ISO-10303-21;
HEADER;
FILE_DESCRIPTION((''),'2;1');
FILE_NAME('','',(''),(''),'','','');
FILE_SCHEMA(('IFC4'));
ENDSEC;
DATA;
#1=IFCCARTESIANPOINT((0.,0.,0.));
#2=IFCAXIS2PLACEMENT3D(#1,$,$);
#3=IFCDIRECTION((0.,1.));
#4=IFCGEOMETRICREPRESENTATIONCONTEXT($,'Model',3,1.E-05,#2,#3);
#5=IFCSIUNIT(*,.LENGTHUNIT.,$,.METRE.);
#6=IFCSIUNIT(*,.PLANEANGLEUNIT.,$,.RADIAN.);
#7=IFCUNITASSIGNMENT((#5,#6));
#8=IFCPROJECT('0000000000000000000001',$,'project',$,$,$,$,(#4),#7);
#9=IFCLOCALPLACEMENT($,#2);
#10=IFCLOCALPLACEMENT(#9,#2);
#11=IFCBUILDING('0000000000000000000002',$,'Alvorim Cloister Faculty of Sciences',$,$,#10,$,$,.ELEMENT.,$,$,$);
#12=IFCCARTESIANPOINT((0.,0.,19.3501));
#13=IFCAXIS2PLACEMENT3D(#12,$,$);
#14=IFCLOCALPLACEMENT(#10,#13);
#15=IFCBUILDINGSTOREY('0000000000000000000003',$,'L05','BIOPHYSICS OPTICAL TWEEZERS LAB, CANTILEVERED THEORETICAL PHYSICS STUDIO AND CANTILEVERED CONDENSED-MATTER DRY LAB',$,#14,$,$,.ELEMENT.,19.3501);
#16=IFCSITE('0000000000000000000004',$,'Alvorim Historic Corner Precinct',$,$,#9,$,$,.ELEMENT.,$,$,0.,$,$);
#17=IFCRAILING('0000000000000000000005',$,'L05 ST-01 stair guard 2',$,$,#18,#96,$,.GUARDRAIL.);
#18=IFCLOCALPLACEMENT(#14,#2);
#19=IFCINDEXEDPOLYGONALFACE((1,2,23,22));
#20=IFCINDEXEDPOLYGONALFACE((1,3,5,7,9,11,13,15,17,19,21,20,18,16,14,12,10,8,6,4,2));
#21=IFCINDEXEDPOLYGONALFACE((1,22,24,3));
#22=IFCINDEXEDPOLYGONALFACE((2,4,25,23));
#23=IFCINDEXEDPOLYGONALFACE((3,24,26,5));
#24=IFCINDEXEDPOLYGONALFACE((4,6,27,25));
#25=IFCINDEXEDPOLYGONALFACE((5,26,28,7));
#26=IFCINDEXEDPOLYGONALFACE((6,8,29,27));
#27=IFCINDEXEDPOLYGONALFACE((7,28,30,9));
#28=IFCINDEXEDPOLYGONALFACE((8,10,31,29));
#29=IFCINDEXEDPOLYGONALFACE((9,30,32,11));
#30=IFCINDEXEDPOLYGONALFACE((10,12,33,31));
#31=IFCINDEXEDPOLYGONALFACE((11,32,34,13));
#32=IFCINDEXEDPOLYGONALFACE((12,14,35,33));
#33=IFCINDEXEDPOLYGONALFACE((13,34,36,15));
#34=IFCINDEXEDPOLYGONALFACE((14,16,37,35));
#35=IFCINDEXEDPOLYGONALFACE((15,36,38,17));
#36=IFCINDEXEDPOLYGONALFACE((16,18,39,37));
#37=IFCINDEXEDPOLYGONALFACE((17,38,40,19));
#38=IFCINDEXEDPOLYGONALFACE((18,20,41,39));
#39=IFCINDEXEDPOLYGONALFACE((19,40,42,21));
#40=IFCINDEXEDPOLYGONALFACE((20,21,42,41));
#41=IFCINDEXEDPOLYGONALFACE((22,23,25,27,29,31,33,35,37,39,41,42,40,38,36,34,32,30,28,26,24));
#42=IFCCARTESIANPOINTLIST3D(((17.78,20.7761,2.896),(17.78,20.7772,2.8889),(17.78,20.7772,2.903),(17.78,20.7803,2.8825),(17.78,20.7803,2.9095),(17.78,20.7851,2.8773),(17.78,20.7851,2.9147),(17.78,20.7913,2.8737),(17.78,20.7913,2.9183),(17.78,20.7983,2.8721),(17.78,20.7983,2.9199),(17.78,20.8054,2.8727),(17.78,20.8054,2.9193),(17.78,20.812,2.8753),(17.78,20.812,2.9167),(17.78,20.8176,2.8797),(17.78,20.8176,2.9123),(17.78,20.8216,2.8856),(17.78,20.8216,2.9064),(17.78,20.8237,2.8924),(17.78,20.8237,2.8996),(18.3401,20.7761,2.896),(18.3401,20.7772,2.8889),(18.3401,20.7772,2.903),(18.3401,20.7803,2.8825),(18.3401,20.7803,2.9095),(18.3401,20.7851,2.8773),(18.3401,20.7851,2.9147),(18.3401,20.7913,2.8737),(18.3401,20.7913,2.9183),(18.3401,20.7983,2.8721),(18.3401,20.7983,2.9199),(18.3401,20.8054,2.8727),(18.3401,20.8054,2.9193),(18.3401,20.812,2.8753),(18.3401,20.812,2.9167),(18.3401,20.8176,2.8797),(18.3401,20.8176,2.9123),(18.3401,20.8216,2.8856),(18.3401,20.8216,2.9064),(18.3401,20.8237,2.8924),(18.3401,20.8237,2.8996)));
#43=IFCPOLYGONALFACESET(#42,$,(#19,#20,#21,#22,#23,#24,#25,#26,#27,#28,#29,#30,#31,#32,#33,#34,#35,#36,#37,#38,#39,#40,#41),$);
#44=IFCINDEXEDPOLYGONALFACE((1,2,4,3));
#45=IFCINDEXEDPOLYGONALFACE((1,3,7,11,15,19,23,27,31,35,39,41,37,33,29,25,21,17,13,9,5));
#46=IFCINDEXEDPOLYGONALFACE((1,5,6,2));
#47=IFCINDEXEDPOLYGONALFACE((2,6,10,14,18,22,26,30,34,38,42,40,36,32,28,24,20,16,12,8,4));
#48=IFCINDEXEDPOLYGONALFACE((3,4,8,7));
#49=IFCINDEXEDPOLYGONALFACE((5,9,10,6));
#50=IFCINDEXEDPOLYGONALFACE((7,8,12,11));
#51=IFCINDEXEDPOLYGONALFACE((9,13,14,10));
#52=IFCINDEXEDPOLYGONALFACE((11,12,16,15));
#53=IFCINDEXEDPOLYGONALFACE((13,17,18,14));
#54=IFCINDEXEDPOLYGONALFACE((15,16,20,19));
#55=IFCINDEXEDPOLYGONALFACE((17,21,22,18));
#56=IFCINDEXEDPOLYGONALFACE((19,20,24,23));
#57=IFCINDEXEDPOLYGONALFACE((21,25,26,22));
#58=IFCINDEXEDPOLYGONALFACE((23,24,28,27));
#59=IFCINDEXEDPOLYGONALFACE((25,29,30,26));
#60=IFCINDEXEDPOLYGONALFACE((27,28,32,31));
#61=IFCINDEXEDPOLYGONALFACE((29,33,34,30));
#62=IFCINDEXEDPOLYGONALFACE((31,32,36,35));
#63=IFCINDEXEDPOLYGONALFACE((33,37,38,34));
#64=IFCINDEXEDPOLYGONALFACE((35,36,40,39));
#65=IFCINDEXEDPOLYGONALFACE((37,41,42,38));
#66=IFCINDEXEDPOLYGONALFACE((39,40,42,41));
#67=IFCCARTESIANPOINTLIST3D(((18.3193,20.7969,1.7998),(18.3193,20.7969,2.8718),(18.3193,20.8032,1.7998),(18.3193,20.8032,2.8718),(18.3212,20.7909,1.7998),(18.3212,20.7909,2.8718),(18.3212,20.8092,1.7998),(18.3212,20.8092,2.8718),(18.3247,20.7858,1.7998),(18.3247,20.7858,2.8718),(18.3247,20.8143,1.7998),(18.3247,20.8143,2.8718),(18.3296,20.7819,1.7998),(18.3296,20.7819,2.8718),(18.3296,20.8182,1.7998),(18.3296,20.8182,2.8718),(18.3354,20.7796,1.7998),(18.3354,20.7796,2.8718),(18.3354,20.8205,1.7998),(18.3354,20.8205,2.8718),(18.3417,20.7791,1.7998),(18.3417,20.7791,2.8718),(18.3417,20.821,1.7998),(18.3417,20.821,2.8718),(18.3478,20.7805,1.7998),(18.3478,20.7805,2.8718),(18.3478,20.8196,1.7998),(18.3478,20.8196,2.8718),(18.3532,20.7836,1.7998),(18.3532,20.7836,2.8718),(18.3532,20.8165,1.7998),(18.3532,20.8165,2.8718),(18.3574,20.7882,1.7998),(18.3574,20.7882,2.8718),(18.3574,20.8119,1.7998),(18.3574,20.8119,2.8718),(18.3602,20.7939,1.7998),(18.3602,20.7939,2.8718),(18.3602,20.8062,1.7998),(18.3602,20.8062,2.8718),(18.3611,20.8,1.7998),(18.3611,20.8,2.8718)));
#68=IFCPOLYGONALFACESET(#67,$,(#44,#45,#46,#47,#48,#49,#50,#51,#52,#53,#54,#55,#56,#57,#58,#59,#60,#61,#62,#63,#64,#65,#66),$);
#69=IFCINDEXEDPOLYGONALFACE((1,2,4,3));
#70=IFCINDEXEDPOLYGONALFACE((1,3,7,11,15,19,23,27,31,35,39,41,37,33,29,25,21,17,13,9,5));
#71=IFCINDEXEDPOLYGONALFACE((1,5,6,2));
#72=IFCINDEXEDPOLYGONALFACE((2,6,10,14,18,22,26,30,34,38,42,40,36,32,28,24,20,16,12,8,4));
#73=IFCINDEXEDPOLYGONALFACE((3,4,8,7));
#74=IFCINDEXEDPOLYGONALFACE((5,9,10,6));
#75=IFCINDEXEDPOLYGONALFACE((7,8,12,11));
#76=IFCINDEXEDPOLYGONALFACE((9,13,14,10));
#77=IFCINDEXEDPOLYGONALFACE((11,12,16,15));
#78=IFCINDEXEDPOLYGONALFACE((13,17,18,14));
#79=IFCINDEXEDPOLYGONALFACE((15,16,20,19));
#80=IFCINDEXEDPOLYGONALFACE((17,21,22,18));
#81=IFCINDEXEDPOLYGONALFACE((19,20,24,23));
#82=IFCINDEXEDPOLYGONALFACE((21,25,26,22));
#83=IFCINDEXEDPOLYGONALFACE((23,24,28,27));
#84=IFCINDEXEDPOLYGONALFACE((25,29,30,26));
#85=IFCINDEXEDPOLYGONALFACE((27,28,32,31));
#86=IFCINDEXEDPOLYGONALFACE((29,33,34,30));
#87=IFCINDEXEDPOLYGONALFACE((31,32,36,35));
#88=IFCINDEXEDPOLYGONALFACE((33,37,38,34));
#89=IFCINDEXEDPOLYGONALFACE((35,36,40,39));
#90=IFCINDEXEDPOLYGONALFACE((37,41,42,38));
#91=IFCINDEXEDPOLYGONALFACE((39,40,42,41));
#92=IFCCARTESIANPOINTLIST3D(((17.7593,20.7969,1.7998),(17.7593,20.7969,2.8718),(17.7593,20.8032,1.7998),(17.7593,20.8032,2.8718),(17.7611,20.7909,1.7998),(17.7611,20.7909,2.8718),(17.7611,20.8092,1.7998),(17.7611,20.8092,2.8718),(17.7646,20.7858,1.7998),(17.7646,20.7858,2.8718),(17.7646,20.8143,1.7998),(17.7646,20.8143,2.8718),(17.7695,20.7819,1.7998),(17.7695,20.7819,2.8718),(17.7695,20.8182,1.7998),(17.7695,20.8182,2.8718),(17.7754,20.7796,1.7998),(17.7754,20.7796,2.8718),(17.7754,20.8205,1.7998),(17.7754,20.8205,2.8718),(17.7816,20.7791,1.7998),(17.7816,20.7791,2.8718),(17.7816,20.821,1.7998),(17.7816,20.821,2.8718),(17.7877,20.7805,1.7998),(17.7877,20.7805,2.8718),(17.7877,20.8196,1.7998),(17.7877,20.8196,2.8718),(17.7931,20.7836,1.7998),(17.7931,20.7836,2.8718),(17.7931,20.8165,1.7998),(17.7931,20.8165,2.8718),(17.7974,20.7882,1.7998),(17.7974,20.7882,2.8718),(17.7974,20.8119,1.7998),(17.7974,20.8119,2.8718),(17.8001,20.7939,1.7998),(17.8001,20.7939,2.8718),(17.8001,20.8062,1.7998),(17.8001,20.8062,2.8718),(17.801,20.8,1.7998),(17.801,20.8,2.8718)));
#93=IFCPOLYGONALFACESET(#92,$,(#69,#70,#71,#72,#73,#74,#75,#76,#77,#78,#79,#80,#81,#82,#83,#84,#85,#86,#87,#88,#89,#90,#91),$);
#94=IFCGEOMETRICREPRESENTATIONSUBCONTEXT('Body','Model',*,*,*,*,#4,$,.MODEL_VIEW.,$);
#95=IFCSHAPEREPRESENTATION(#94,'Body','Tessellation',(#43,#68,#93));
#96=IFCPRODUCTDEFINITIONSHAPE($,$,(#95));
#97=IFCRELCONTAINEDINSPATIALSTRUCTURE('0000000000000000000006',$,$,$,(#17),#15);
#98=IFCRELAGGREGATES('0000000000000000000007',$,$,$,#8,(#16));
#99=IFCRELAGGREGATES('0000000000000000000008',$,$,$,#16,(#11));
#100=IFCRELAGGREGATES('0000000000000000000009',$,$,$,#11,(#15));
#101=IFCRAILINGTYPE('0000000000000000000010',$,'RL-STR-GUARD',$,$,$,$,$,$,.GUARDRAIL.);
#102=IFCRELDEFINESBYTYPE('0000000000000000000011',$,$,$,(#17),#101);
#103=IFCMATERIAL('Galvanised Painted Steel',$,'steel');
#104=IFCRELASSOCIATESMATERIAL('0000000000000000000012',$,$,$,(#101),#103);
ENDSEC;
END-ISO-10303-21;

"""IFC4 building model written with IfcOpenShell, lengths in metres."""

from ifc_helpers import new_model, si_unit, direction, frame, origin, origin_2d, place, context, subcontext, project, spatial, circle, extrude, material, type_object, element, save


model = new_model("IFC4")

# Units and contexts
model_context = context("Model", 3, precision=1e-05, world=origin(), true_north=direction((0.0, 1.0)))
body_context = subcontext(model_context, "Body", "Model", "MODEL_VIEW")
ifc_project = project(units=[si_unit("LENGTHUNIT", "METRE"), si_unit("PLANEANGLEUNIT", "RADIAN")], contexts=[model_context])

# Site, building, storey
site_placement = place(None, origin())
site = spatial("IfcSite", under=ifc_project, at=site_placement, Name="Alvorim Historic Corner Precinct", CompositionType="ELEMENT", RefElevation=0.0)
building_placement = place(site_placement, origin())
building = spatial("IfcBuilding", under=site, at=building_placement, Name="Alvorim Cloister Faculty of Sciences", CompositionType="ELEMENT")
storey_placement = place(building_placement, frame((0.0, 0.0, 19.3501)))
storey = spatial("IfcBuildingStorey", under=building, at=storey_placement, Name="L05", Description="BIOPHYSICS OPTICAL TWEEZERS LAB, CANTILEVERED THEORETICAL PHYSICS STUDIO AND CANTILEVERED CONDENSED-MATTER DRY LAB", CompositionType="ELEMENT", Elevation=19.3501)

# Railing
ifc_material_1 = material(Name="Galvanised Painted Steel", Category="steel")
railing_type_1 = type_object("IfcRailingType", Name="RL-STR-GUARD", PredefinedType="GUARDRAIL", material=ifc_material_1)
railing_1_placement = place(storey_placement, frame((18.3401, 20.8, 1.7998)))
element("IfcRailing", 1, at=railing_1_placement, inside=storey, type_object=railing_type_1, Name="L05 ST-01 stair guard 2", PredefinedType="GUARDRAIL", context=body_context, shape_type="SweptSolid", body=[
    extrude(circle(Radius=0.0239, at=origin_2d()), frame((0.0, 0.0, 1.0962), z_axis=(-1.0, 0.0, 0.0), x_axis=(0.0, -1.0, 0.0)), (0.0, 0.0, 1.0), 0.5601),
    extrude(circle(Radius=0.021, at=origin_2d()), origin(), (0.0, 0.0, 1.0), 1.072),
    extrude(circle(Radius=0.021, at=origin_2d()), frame((-0.5601, 0.0, 0.0)), (0.0, 0.0, 1.0), 1.072),
])

save(model, "model.ifc")
